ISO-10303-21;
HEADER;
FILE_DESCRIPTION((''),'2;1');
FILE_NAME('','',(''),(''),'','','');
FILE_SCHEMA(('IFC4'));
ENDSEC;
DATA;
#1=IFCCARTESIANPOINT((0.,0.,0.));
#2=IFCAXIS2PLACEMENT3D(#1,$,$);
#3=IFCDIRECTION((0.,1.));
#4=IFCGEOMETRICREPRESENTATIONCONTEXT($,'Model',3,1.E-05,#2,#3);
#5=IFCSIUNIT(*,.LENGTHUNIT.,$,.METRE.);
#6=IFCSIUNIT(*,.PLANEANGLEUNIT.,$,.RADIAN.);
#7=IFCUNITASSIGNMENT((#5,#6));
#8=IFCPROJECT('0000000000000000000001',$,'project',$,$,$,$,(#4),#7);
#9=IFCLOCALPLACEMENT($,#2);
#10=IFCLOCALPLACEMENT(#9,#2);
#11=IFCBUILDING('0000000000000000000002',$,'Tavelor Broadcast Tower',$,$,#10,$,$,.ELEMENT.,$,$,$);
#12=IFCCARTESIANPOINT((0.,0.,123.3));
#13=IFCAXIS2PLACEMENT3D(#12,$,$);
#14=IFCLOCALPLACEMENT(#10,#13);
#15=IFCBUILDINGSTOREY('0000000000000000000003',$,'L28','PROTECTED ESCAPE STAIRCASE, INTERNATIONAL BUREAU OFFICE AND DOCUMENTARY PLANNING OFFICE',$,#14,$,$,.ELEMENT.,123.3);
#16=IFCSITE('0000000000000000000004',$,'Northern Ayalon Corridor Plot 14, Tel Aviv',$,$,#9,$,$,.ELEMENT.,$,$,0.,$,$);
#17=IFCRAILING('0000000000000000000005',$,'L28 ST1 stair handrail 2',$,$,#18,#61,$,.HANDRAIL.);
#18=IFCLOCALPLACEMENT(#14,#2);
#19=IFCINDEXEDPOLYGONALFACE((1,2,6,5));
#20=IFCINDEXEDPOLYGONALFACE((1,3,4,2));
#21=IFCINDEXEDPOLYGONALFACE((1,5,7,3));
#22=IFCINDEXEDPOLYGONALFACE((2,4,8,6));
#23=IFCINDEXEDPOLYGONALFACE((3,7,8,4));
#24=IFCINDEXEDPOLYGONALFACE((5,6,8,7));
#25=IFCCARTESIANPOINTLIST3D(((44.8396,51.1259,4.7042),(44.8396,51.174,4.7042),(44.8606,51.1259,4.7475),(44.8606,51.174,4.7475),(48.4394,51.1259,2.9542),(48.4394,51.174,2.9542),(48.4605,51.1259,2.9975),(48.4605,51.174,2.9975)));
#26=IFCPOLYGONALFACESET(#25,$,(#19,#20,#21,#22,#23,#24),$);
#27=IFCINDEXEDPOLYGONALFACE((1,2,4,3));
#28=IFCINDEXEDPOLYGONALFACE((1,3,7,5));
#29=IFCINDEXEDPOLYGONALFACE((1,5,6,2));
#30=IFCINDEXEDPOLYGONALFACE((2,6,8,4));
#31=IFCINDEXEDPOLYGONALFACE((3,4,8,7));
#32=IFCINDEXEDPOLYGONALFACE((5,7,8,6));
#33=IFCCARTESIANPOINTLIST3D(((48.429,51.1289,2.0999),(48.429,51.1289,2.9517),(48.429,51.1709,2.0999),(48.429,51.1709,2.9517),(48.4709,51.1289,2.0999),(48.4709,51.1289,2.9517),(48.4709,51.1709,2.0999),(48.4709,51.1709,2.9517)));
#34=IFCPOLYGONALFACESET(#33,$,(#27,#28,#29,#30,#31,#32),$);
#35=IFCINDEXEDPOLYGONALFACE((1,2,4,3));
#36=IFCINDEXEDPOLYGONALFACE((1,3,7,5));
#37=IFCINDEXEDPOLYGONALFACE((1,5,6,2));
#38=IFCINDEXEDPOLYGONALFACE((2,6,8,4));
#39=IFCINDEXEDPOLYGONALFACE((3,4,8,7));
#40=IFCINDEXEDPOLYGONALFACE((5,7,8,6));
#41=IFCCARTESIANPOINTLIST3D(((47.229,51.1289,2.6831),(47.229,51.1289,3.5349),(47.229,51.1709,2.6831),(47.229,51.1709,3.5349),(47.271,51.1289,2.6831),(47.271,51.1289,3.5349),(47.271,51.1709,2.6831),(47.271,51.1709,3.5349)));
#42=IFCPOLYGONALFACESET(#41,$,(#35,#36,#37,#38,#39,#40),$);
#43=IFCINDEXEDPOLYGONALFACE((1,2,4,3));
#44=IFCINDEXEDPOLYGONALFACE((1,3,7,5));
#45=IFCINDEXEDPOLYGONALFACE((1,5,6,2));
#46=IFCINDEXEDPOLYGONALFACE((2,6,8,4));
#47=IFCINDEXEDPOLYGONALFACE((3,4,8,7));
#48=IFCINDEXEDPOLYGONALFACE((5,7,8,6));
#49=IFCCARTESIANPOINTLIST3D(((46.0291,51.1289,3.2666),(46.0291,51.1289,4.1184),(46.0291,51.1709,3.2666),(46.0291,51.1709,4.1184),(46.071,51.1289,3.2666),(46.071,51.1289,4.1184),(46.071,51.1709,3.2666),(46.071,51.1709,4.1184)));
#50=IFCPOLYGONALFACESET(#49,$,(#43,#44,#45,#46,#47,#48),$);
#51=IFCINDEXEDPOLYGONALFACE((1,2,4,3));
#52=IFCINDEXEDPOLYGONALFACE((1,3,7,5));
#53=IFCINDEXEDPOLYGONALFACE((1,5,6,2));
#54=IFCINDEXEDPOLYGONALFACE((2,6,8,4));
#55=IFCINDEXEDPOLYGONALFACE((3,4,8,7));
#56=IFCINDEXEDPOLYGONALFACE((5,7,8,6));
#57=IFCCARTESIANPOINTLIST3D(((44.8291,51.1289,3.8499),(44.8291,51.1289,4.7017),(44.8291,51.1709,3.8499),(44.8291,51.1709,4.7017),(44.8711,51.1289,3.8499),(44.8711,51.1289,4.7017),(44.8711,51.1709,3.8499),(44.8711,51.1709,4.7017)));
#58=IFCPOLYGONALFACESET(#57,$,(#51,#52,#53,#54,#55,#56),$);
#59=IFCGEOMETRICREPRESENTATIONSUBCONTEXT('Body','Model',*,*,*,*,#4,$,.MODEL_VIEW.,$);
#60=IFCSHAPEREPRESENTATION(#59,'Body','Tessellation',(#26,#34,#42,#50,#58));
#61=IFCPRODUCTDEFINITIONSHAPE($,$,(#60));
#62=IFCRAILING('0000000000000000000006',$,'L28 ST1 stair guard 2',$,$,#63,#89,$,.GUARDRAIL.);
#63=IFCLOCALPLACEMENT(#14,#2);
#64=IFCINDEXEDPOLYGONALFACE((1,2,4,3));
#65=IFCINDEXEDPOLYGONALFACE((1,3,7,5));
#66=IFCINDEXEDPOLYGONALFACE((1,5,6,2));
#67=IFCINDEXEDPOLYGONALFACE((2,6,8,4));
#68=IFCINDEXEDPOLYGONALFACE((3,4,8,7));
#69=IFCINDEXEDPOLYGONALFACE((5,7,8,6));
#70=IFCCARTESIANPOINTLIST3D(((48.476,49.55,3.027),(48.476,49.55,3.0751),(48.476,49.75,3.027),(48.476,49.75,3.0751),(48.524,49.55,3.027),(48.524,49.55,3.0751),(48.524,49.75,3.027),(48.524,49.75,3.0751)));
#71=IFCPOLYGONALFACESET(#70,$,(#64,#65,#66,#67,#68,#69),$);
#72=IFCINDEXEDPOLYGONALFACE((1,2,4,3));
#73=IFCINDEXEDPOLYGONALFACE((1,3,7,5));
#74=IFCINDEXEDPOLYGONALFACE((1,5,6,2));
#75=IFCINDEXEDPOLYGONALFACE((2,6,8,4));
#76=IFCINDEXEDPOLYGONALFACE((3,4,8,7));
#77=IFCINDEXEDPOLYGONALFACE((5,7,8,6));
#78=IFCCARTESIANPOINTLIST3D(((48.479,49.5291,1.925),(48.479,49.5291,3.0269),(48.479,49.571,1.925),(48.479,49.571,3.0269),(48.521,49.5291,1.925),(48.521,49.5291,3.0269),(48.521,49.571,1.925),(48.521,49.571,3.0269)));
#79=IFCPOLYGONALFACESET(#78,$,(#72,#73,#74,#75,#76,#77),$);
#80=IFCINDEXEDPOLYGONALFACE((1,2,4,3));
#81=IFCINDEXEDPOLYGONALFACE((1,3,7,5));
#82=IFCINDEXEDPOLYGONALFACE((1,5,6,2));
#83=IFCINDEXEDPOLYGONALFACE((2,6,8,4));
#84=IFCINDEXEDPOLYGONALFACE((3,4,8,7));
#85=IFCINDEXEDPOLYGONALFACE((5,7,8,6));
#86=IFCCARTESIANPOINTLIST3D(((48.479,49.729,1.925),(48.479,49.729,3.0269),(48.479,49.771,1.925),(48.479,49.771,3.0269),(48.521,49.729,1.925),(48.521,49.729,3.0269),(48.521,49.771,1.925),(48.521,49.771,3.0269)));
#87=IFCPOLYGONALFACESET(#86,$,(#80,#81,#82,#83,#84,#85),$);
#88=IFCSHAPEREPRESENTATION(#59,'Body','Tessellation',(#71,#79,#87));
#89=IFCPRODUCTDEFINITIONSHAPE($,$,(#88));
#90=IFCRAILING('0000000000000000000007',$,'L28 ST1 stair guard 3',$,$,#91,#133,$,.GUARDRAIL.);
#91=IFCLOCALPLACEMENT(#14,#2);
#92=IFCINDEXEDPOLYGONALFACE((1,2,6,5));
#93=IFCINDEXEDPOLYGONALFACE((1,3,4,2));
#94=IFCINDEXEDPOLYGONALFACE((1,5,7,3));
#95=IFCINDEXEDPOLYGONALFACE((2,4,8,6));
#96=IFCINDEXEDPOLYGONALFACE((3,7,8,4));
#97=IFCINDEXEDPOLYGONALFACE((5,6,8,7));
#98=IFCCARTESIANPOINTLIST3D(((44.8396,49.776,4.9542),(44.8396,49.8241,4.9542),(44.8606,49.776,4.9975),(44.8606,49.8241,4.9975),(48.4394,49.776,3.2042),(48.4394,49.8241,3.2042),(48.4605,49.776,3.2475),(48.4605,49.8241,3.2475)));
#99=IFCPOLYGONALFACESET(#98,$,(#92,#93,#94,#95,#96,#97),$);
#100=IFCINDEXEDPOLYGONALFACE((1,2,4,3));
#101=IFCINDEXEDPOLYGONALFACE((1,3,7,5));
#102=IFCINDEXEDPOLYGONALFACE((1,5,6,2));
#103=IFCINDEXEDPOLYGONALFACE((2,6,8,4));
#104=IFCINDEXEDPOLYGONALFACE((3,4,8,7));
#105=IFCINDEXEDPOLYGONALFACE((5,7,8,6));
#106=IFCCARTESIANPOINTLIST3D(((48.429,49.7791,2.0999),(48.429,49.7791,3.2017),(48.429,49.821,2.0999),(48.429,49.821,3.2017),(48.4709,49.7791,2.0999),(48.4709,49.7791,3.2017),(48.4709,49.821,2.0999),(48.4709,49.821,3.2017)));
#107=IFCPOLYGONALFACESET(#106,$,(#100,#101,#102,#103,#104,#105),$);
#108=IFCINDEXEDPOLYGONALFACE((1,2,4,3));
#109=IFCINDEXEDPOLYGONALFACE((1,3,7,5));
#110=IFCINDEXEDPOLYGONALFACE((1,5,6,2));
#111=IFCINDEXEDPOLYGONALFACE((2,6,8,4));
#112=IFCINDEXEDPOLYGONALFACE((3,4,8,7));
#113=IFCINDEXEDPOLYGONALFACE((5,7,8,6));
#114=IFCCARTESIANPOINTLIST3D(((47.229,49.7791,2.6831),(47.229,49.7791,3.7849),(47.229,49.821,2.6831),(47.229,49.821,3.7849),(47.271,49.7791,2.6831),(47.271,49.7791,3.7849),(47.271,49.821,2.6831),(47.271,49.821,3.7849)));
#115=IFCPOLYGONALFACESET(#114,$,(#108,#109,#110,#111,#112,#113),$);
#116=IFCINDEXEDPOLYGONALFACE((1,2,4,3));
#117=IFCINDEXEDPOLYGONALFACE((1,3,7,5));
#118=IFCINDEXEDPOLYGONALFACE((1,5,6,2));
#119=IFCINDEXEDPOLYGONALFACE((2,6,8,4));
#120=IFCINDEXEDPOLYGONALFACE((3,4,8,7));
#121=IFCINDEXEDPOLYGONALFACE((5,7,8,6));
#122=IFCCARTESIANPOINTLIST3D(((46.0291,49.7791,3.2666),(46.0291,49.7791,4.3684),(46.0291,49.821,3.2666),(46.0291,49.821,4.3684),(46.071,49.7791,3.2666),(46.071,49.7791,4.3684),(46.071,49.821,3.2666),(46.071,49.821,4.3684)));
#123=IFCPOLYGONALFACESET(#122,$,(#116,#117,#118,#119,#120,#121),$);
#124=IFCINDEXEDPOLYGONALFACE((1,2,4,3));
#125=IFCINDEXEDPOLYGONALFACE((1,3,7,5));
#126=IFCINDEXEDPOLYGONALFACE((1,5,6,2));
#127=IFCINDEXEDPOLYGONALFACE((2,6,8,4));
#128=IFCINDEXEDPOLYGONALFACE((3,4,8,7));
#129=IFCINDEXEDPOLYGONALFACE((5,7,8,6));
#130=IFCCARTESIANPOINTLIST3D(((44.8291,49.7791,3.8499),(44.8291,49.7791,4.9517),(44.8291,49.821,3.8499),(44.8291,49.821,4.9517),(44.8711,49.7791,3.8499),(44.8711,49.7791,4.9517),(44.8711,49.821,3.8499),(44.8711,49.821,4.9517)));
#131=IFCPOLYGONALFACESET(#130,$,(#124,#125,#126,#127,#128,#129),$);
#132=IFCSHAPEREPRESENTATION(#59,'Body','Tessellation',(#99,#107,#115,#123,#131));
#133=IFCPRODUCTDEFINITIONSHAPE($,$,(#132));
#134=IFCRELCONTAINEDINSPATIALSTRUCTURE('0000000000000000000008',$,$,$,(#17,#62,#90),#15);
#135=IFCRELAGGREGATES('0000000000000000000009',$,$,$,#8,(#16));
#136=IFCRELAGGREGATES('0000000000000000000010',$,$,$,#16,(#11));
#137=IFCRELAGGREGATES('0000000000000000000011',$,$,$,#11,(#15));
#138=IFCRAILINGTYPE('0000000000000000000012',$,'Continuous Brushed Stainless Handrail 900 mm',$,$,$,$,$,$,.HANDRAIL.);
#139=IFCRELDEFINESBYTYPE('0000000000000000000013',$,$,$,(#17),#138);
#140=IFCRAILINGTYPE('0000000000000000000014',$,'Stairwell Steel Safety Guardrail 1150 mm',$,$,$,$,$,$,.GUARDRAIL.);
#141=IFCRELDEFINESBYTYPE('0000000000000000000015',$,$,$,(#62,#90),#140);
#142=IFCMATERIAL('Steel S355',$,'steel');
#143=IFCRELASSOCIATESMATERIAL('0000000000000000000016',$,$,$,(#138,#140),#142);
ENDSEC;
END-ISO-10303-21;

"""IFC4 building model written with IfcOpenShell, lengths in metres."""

from ifc_helpers import new_model, si_unit, direction, frame, origin, origin_2d, place, context, subcontext, project, spatial, rectangle, extrude, material, type_object, element, save


model = new_model("IFC4")

# Units and contexts
model_context = context("Model", 3, precision=1e-05, world=origin(), true_north=direction((0.0, 1.0)))
body_context = subcontext(model_context, "Body", "Model", "MODEL_VIEW")
ifc_project = project(units=[si_unit("LENGTHUNIT", "METRE"), si_unit("PLANEANGLEUNIT", "RADIAN")], contexts=[model_context])

# Site, building, storey
site_placement = place(None, origin())
site = spatial("IfcSite", under=ifc_project, at=site_placement, Name="Northern Ayalon Corridor Plot 14, Tel Aviv", CompositionType="ELEMENT", RefElevation=0.0)
building_placement = place(site_placement, origin())
building = spatial("IfcBuilding", under=site, at=building_placement, Name="Tavelor Broadcast Tower", CompositionType="ELEMENT")
storey_placement = place(building_placement, frame((0.0, 0.0, 123.3)))
storey = spatial("IfcBuildingStorey", under=building, at=storey_placement, Name="L28", Description="PROTECTED ESCAPE STAIRCASE, INTERNATIONAL BUREAU OFFICE AND DOCUMENTARY PLANNING OFFICE", CompositionType="ELEMENT", Elevation=123.3)

# Shared definitions
ifc_material_1 = material(Name="Steel S355", Category="steel")

# Railings
railing_type_1 = type_object("IfcRailingType", Name="Continuous Brushed Stainless Handrail 900 mm", PredefinedType="HANDRAIL", material=ifc_material_1)
railing_1_placement = place(storey_placement, frame((48.45, 51.1499, 2.0999)))
element("IfcRailing", 1, at=railing_1_placement, inside=storey, type_object=railing_type_1, Name="L28 ST1 stair handrail 2", PredefinedType="HANDRAIL", context=body_context, shape_type="SweptSolid", body=[
    extrude(rectangle(XDim=0.0481, YDim=0.0481, at=origin_2d()), frame((0.0, 0.0, 0.876), z_axis=(-0.899361, 0.0, 0.437207), x_axis=(0.0, -1.0, 0.0)), (0.0, 0.0, 1.0), 4.0027),
    extrude(rectangle(XDim=0.042, YDim=0.042, at=origin_2d()), origin(), (0.0, 0.0, 1.0), 0.8518),
    extrude(rectangle(XDim=0.042, YDim=0.042, at=origin_2d()), frame((-1.2, 0.0, 0.5833)), (0.0, 0.0, 1.0), 0.8518),
    extrude(rectangle(XDim=0.042, YDim=0.042, at=origin_2d()), frame((-2.3999, 0.0, 1.1667)), (0.0, 0.0, 1.0), 0.8518),
    extrude(rectangle(XDim=0.042, YDim=0.042, at=origin_2d()), frame((-3.5999, 0.0, 1.75)), (0.0, 0.0, 1.0), 0.8518),
])
railing_type_2 = type_object("IfcRailingType", Name="Stairwell Steel Safety Guardrail 1150 mm", PredefinedType="GUARDRAIL", material=ifc_material_1)
railing_2_placement = place(storey_placement, frame((48.5, 49.55, 1.925)))
element("IfcRailing", 2, at=railing_2_placement, inside=storey, type_object=railing_type_2, Name="L28 ST1 stair guard 2", PredefinedType="GUARDRAIL", context=body_context, shape_type="SweptSolid", body=[
    extrude(rectangle(XDim=0.0481, YDim=0.0481, at=origin_2d()), frame((0.0, 0.0, 1.126), z_axis=(0.0, 1.0, 0.0), x_axis=(-1.0, 0.0, 0.0)), (0.0, 0.0, 1.0), 0.2),
    extrude(rectangle(XDim=0.042, YDim=0.042, at=origin_2d()), origin(), (0.0, 0.0, 1.0), 1.1018),
    extrude(rectangle(XDim=0.042, YDim=0.042, at=origin_2d()), frame((0.0, 0.2, 0.0)), (0.0, 0.0, 1.0), 1.1018),
])
railing_3_placement = place(storey_placement, frame((48.45, 49.8, 2.0999)))
element("IfcRailing", 3, at=railing_3_placement, inside=storey, type_object=railing_type_2, Name="L28 ST1 stair guard 3", PredefinedType="GUARDRAIL", context=body_context, shape_type="SweptSolid", body=[
    extrude(rectangle(XDim=0.0481, YDim=0.0481, at=origin_2d()), frame((0.0, 0.0, 1.126), z_axis=(-0.899361, 0.0, 0.437207), x_axis=(0.0, -1.0, 0.0)), (0.0, 0.0, 1.0), 4.0027),
    extrude(rectangle(XDim=0.042, YDim=0.042, at=origin_2d()), origin(), (0.0, 0.0, 1.0), 1.1018),
    extrude(rectangle(XDim=0.042, YDim=0.042, at=origin_2d()), frame((-1.2, 0.0, 0.5833)), (0.0, 0.0, 1.0), 1.1018),
    extrude(rectangle(XDim=0.042, YDim=0.042, at=origin_2d()), frame((-2.3999, 0.0, 1.1667)), (0.0, 0.0, 1.0), 1.1018),
    extrude(rectangle(XDim=0.042, YDim=0.042, at=origin_2d()), frame((-3.5999, 0.0, 1.75)), (0.0, 0.0, 1.0), 1.1018),
])

save(model, "model.ifc")
